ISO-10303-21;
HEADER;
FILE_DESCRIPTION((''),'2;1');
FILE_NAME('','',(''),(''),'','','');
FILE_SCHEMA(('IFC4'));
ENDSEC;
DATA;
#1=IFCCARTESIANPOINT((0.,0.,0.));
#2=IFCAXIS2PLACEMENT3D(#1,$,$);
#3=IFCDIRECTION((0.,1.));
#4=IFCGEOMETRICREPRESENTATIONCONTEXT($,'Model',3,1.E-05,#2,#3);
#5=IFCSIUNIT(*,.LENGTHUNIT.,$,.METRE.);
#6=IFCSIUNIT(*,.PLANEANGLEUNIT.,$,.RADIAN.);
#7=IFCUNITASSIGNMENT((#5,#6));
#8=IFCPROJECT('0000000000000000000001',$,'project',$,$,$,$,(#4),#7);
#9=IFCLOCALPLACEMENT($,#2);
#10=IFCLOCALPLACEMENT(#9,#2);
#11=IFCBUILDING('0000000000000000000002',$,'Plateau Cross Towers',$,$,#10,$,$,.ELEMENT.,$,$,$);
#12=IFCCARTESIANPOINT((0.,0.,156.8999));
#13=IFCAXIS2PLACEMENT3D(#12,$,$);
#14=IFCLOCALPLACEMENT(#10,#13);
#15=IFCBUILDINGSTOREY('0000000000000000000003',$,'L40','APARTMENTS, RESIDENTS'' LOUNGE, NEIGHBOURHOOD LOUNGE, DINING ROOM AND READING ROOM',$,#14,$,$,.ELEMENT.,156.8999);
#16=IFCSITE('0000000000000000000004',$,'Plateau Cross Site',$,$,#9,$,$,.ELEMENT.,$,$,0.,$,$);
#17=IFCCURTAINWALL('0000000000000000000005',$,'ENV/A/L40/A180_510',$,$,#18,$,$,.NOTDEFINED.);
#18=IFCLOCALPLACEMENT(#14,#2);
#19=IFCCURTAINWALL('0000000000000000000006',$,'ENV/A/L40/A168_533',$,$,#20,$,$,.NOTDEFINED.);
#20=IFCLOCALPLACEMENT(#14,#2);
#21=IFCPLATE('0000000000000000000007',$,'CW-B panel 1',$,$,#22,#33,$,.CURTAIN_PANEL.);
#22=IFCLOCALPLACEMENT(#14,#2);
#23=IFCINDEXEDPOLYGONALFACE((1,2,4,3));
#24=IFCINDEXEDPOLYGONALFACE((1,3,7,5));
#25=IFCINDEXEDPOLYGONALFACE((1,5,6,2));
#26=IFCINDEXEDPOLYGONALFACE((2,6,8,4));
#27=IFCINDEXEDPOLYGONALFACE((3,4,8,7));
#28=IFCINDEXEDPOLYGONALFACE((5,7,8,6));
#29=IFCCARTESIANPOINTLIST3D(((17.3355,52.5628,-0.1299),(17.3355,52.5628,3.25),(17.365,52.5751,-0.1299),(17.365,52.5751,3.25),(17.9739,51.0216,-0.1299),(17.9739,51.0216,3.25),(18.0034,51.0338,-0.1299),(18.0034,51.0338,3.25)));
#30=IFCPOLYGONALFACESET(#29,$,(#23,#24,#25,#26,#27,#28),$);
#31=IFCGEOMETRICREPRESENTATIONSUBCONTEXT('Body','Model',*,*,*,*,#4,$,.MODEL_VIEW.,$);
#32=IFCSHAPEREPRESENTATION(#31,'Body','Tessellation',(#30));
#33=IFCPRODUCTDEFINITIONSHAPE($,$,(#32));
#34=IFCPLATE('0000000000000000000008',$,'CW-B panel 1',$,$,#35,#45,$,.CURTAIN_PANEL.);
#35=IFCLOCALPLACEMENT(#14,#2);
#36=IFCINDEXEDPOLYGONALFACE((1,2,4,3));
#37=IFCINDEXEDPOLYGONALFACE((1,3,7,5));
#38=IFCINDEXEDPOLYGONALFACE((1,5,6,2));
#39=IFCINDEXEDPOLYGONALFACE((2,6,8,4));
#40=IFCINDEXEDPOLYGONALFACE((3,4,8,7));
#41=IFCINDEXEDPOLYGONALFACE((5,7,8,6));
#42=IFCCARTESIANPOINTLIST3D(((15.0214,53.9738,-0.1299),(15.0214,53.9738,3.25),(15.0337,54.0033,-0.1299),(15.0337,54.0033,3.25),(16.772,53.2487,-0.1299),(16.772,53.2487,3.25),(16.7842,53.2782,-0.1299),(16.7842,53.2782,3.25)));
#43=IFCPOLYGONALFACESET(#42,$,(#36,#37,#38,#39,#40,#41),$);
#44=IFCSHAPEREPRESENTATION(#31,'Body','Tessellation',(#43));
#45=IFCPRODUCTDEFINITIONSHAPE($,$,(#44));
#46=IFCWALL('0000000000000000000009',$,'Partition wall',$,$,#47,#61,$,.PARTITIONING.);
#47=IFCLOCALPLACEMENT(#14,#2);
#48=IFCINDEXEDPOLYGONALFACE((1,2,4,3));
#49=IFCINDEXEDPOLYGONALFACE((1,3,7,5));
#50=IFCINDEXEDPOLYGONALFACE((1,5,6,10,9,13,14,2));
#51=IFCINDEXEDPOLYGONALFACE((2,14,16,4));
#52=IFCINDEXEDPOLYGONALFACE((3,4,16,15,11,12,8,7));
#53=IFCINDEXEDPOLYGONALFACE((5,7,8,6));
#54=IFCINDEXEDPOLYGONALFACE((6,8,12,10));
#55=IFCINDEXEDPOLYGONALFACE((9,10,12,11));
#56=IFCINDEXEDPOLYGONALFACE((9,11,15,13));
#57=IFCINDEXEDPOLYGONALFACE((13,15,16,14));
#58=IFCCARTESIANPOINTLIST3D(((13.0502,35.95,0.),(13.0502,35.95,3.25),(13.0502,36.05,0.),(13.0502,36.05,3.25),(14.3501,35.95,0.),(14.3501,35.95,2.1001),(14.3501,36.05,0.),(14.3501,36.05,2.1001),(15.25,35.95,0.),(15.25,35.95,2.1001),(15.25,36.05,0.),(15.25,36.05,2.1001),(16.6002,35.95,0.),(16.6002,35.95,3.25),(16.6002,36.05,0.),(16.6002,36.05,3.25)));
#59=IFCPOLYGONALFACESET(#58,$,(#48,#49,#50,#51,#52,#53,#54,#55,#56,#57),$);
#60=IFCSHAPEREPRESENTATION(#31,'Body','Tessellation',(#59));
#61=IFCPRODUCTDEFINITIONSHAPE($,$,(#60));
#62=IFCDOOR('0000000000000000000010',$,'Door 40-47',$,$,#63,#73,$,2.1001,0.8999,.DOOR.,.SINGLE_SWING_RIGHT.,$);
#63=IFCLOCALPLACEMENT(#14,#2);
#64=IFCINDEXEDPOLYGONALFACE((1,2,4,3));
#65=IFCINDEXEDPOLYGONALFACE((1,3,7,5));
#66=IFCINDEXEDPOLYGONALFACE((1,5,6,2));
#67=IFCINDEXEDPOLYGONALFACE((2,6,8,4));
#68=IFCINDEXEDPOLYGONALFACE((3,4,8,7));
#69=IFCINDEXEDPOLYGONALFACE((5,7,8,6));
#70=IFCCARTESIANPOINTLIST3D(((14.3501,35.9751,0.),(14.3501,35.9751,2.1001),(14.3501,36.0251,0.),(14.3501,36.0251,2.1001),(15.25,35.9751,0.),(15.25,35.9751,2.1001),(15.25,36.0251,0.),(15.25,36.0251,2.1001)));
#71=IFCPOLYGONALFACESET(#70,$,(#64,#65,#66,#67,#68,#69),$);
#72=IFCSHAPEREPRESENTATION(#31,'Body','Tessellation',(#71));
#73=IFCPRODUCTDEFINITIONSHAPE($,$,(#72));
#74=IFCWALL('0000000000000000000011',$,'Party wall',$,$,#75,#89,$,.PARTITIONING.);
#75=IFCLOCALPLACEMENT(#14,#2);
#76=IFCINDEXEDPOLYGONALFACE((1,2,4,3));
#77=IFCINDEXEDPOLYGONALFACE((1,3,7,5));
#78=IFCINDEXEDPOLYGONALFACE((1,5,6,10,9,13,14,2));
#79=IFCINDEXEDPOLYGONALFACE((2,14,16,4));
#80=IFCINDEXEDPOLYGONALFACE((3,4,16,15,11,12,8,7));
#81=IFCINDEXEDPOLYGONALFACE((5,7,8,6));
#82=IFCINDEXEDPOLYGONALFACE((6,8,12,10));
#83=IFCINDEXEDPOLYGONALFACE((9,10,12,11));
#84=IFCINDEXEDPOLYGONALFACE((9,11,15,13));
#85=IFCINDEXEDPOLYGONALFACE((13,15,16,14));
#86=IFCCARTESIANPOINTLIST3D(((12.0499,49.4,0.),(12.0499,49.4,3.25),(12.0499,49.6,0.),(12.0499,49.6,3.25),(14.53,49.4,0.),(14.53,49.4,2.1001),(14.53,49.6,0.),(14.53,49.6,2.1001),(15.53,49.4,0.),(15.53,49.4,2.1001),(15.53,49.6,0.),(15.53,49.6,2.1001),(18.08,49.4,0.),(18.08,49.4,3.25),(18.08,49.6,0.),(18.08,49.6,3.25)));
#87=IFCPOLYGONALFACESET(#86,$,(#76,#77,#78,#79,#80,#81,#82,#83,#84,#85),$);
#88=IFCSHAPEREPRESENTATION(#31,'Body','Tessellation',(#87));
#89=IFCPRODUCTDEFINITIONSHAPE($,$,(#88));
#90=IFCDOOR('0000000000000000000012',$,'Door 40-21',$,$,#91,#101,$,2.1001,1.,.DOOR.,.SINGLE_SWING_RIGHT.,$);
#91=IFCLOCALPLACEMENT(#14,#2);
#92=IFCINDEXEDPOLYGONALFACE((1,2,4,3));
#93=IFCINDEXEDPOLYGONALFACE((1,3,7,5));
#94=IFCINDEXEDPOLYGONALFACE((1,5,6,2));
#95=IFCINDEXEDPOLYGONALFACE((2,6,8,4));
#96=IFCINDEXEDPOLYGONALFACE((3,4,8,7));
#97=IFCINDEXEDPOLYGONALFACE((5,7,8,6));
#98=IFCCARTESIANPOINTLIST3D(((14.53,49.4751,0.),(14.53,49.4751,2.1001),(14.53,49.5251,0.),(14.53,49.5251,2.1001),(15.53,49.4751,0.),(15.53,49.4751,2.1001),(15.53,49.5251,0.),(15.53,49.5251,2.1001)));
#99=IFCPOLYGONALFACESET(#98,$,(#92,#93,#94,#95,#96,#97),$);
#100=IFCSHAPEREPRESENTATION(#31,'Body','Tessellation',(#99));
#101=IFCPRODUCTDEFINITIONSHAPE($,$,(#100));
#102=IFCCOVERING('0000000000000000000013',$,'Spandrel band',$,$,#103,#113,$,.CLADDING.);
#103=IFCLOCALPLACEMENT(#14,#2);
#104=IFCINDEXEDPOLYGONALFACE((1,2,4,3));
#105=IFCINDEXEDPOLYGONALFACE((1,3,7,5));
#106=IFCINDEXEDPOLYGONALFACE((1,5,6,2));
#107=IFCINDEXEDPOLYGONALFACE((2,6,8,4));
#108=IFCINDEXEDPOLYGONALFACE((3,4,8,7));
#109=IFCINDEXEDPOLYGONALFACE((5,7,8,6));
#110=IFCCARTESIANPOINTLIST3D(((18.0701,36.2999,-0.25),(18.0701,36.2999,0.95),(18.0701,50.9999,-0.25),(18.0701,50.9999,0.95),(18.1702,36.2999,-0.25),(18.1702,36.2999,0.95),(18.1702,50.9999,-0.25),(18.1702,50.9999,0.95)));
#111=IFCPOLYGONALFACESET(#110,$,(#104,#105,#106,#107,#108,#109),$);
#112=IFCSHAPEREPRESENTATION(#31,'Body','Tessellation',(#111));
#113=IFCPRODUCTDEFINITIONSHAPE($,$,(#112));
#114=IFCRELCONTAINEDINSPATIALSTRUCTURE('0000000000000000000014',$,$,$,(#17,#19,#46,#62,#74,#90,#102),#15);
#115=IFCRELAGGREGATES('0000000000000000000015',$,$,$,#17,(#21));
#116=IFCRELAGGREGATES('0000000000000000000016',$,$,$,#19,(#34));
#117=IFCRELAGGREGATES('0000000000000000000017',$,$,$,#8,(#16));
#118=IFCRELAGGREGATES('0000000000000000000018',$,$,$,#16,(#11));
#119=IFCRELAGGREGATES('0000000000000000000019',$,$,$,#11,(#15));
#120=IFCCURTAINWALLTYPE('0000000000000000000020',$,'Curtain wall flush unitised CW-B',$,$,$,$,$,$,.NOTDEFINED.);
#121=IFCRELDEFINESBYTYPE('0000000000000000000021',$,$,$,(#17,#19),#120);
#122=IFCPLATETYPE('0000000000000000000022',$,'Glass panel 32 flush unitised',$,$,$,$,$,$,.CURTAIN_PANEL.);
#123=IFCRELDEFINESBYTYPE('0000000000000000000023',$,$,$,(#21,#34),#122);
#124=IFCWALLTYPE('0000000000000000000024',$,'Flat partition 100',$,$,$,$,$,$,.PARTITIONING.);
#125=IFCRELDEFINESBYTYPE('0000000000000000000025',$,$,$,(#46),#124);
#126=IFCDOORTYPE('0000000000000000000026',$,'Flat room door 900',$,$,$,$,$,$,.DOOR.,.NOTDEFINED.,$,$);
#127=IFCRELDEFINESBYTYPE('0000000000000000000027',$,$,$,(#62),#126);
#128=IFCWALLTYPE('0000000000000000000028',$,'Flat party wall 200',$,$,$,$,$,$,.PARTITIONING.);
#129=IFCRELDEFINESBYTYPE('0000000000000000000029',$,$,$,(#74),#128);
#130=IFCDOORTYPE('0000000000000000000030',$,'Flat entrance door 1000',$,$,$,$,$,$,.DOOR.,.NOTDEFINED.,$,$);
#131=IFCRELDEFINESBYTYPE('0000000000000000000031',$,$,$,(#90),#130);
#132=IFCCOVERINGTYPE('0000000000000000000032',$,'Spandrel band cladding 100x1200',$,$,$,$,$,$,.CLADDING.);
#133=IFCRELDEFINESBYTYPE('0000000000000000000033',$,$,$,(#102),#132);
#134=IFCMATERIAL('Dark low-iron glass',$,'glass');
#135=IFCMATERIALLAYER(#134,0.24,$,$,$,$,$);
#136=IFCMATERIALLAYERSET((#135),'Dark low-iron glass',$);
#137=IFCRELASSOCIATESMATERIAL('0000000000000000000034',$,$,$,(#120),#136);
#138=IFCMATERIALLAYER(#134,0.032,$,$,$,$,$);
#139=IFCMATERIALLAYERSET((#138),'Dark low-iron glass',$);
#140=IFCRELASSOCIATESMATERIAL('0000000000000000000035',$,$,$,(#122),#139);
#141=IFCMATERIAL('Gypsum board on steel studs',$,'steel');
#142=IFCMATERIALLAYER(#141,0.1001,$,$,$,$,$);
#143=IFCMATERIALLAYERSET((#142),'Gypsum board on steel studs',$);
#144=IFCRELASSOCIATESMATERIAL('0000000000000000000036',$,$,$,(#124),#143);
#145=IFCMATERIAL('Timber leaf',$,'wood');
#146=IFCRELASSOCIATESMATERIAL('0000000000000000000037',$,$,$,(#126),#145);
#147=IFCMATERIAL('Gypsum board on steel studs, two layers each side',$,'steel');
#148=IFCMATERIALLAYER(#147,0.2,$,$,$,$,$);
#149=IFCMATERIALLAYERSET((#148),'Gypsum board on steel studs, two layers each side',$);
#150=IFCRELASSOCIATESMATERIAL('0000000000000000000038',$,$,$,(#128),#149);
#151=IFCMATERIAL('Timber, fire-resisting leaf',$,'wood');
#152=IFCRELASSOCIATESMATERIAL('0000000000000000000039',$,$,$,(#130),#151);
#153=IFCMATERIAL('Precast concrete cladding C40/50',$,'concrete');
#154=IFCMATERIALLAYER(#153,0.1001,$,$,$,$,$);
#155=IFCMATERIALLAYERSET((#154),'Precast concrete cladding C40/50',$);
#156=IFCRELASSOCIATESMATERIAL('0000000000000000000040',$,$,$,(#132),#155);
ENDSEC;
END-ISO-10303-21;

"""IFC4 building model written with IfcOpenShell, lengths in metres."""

from ifc_helpers import new_model, si_unit, direction, frame, frame_2d, origin, origin_2d, place, context, subcontext, project, spatial, rectangle, extrude, material, layer, layer_set, type_object, element, fill, aggregate, save


model = new_model("IFC4")

# Units and contexts
model_context = context("Model", 3, precision=1e-05, world=origin(), true_north=direction((0.0, 1.0)))
body_context = subcontext(model_context, "Body", "Model", "MODEL_VIEW")
ifc_project = project(units=[si_unit("LENGTHUNIT", "METRE"), si_unit("PLANEANGLEUNIT", "RADIAN")], contexts=[model_context])

# Site, building, storey
site_placement = place(None, origin())
site = spatial("IfcSite", under=ifc_project, at=site_placement, Name="Plateau Cross Site", CompositionType="ELEMENT", RefElevation=0.0)
building_placement = place(site_placement, origin())
building = spatial("IfcBuilding", under=site, at=building_placement, Name="Plateau Cross Towers", CompositionType="ELEMENT")
storey_placement = place(building_placement, frame((0.0, 0.0, 156.8999)))
storey = spatial("IfcBuildingStorey", under=building, at=storey_placement, Name="L40", Description="APARTMENTS, RESIDENTS' LOUNGE, NEIGHBOURHOOD LOUNGE, DINING ROOM AND READING ROOM", CompositionType="ELEMENT", Elevation=156.8999)

# Curtain wall
ifc_material_1 = material(Name="Dark low-iron glass", Category="glass")
ifc_layer_1 = layer(ifc_material_1, 0.24)
ifc_layer_set_1 = layer_set([ifc_layer_1], Name="Dark low-iron glass")
curtain_wall_type = type_object("IfcCurtainWallType", Name="Curtain wall flush unitised CW-B", PredefinedType="NOTDEFINED", material=ifc_layer_set_1)
curtain_wall_1_placement = place(storey_placement, origin())
curtain_wall_1 = element("IfcCurtainWall", 1, at=curtain_wall_1_placement, inside=storey, type_object=curtain_wall_type, Name="ENV/A/L40/A180_510", PredefinedType="NOTDEFINED")

# Curtain wall
curtain_wall_2_placement = place(storey_placement, origin())
curtain_wall_2 = element("IfcCurtainWall", 2, at=curtain_wall_2_placement, inside=storey, type_object=curtain_wall_type, Name="ENV/A/L40/A168_533", PredefinedType="NOTDEFINED")

# Plates
ifc_layer_2 = layer(ifc_material_1, 0.032)
ifc_layer_set_2 = layer_set([ifc_layer_2], Name="Dark low-iron glass")
plate_type = type_object("IfcPlateType", Name="Glass panel 32 flush unitised", PredefinedType="CURTAIN_PANEL", material=ifc_layer_set_2)
plate_1_placement = place(storey_placement, frame((17.6694, 51.7983, -0.1299), z_axis=(0.0, 0.0, 1.0), x_axis=(-0.382684, 0.923879, 0.0)))
plate_1 = element("IfcPlate", 3, at=plate_1_placement, type_object=plate_type, Name="CW-B panel 1", PredefinedType="CURTAIN_PANEL", context=body_context, shape_type="SweptSolid", body=[
    extrude(rectangle(XDim=1.6682, YDim=0.032, at=origin_2d()), origin(), (0.0, 0.0, 1.0), 3.3799),
])
aggregate(curtain_wall_1, [plate_1])
plate_2_placement = place(storey_placement, frame((15.9028, 53.626, -0.1299), z_axis=(0.0, 0.0, 1.0), x_axis=(-0.923879, 0.382684, 0.0)))
plate_2 = element("IfcPlate", 4, at=plate_2_placement, type_object=plate_type, Name="CW-B panel 1", PredefinedType="CURTAIN_PANEL", context=body_context, shape_type="SweptSolid", body=[
    extrude(rectangle(XDim=1.8948, YDim=0.032, at=origin_2d()), origin(), (0.0, 0.0, 1.0), 3.3799),
])
aggregate(curtain_wall_2, [plate_2])

# Walls, openings, doors
ifc_material_2 = material(Name="Gypsum board on steel studs", Category="steel")
ifc_layer_3 = layer(ifc_material_2, 0.1001)
ifc_layer_set_3 = layer_set([ifc_layer_3], Name="Gypsum board on steel studs")
wall_type_1 = type_object("IfcWallType", Name="Flat partition 100", PredefinedType="PARTITIONING", material=ifc_layer_set_3)
wall_1_placement = place(storey_placement, frame((16.6001, 36.0, 0.0), z_axis=(0.0, 0.0, 1.0), x_axis=(-1.0, 0.0, 0.0)))
wall_1 = element("IfcWall", 5, at=wall_1_placement, inside=storey, type_object=wall_type_1, Name="Partition wall", PredefinedType="PARTITIONING", context=body_context, shape_type="SweptSolid", body=[
    extrude(rectangle(XDim=3.55, YDim=0.1001, at=frame_2d((1.7749, 0.0))), origin(), (0.0, 0.0, 1.0), 3.25),
])
opening_1_placement = place(wall_1_placement, frame((1.3501, 0.0, 0.0)))
opening_1 = element("IfcOpeningElement", 6, at=opening_1_placement, cuts=wall_1, PredefinedType="OPENING", context=body_context, shape_type="SweptSolid", body=[
    extrude(rectangle(XDim=0.8999, YDim=2.1001, at=frame_2d((0.45, 1.05))), frame((0.0, 0.0601, 0.0), z_axis=(0.0, -1.0, 0.0), x_axis=(1.0, 0.0, 0.0)), (0.0, 0.0, 1.0), 0.1201),
])
ifc_material_3 = material(Name="Timber leaf", Category="wood")
door_type_1 = type_object("IfcDoorType", Name="Flat room door 900", OperationType="NOTDEFINED", PredefinedType="DOOR", material=ifc_material_3)
door_1_placement = place(opening_1_placement, origin())
door_1 = element("IfcDoor", 7, at=door_1_placement, inside=storey, type_object=door_type_1, Name="Door 40-47", OperationType="SINGLE_SWING_RIGHT", OverallHeight=2.1001, OverallWidth=0.8999, PredefinedType="DOOR", context=body_context, shape_type="SweptSolid", body=[
    extrude(rectangle(XDim=0.8999, YDim=2.1001, at=frame_2d((0.45, 1.05))), frame((0.0, 0.0249, 0.0), z_axis=(0.0, -1.0, 0.0), x_axis=(1.0, 0.0, 0.0)), (0.0, 0.0, 1.0), 0.05),
])
fill(opening_1, door_1)
ifc_material_4 = material(Name="Gypsum board on steel studs, two layers each side", Category="steel")
ifc_layer_4 = layer(ifc_material_4, 0.2)
ifc_layer_set_4 = layer_set([ifc_layer_4], Name="Gypsum board on steel studs, two layers each side")
wall_type_2 = type_object("IfcWallType", Name="Flat party wall 200", PredefinedType="PARTITIONING", material=ifc_layer_set_4)
wall_2_placement = place(storey_placement, frame((18.0801, 49.5, 0.0), z_axis=(0.0, 0.0, 1.0), x_axis=(-1.0, 0.0, 0.0)))
wall_2 = element("IfcWall", 8, at=wall_2_placement, inside=storey, type_object=wall_type_2, Name="Party wall", PredefinedType="PARTITIONING", context=body_context, shape_type="SweptSolid", body=[
    extrude(rectangle(XDim=6.03, YDim=0.2, at=frame_2d((3.0151, 0.0))), origin(), (0.0, 0.0, 1.0), 3.25),
])
opening_2_placement = place(wall_2_placement, frame((2.55, 0.0, 0.0)))
opening_2 = element("IfcOpeningElement", 9, at=opening_2_placement, cuts=wall_2, PredefinedType="OPENING", context=body_context, shape_type="SweptSolid", body=[
    extrude(rectangle(XDim=1.0, YDim=2.1001, at=frame_2d((0.5, 1.05))), frame((0.0, 0.1099, 0.0), z_axis=(0.0, -1.0, 0.0), x_axis=(1.0, 0.0, 0.0)), (0.0, 0.0, 1.0), 0.22),
])
ifc_material_5 = material(Name="Timber, fire-resisting leaf", Category="wood")
door_type_2 = type_object("IfcDoorType", Name="Flat entrance door 1000", OperationType="NOTDEFINED", PredefinedType="DOOR", material=ifc_material_5)
door_2_placement = place(opening_2_placement, origin())
door_2 = element("IfcDoor", 10, at=door_2_placement, inside=storey, type_object=door_type_2, Name="Door 40-21", OperationType="SINGLE_SWING_RIGHT", OverallHeight=2.1001, OverallWidth=1.0, PredefinedType="DOOR", context=body_context, shape_type="SweptSolid", body=[
    extrude(rectangle(XDim=1.0, YDim=2.1001, at=frame_2d((0.5, 1.05))), frame((0.0, 0.0249, 0.0), z_axis=(0.0, -1.0, 0.0), x_axis=(1.0, 0.0, 0.0)), (0.0, 0.0, 1.0), 0.05),
])
fill(opening_2, door_2)

# Covering
ifc_material_6 = material(Name="Precast concrete cladding C40/50", Category="concrete")
ifc_layer_5 = layer(ifc_material_6, 0.1001)
ifc_layer_set_5 = layer_set([ifc_layer_5], Name="Precast concrete cladding C40/50")
covering_type = type_object("IfcCoveringType", Name="Spandrel band cladding 100x1200", PredefinedType="CLADDING", material=ifc_layer_set_5)
covering_placement = place(storey_placement, frame((18.1201, 43.6499, -0.25), z_axis=(0.0, 0.0, 1.0), x_axis=(0.0, 1.0, 0.0)))
element("IfcCovering", 11, at=covering_placement, inside=storey, type_object=covering_type, Name="Spandrel band", PredefinedType="CLADDING", context=body_context, shape_type="SweptSolid", body=[
    extrude(rectangle(XDim=14.7, YDim=0.1001, at=origin_2d()), origin(), (0.0, 0.0, 1.0), 1.2),
])

save(model, "model.ifc")
